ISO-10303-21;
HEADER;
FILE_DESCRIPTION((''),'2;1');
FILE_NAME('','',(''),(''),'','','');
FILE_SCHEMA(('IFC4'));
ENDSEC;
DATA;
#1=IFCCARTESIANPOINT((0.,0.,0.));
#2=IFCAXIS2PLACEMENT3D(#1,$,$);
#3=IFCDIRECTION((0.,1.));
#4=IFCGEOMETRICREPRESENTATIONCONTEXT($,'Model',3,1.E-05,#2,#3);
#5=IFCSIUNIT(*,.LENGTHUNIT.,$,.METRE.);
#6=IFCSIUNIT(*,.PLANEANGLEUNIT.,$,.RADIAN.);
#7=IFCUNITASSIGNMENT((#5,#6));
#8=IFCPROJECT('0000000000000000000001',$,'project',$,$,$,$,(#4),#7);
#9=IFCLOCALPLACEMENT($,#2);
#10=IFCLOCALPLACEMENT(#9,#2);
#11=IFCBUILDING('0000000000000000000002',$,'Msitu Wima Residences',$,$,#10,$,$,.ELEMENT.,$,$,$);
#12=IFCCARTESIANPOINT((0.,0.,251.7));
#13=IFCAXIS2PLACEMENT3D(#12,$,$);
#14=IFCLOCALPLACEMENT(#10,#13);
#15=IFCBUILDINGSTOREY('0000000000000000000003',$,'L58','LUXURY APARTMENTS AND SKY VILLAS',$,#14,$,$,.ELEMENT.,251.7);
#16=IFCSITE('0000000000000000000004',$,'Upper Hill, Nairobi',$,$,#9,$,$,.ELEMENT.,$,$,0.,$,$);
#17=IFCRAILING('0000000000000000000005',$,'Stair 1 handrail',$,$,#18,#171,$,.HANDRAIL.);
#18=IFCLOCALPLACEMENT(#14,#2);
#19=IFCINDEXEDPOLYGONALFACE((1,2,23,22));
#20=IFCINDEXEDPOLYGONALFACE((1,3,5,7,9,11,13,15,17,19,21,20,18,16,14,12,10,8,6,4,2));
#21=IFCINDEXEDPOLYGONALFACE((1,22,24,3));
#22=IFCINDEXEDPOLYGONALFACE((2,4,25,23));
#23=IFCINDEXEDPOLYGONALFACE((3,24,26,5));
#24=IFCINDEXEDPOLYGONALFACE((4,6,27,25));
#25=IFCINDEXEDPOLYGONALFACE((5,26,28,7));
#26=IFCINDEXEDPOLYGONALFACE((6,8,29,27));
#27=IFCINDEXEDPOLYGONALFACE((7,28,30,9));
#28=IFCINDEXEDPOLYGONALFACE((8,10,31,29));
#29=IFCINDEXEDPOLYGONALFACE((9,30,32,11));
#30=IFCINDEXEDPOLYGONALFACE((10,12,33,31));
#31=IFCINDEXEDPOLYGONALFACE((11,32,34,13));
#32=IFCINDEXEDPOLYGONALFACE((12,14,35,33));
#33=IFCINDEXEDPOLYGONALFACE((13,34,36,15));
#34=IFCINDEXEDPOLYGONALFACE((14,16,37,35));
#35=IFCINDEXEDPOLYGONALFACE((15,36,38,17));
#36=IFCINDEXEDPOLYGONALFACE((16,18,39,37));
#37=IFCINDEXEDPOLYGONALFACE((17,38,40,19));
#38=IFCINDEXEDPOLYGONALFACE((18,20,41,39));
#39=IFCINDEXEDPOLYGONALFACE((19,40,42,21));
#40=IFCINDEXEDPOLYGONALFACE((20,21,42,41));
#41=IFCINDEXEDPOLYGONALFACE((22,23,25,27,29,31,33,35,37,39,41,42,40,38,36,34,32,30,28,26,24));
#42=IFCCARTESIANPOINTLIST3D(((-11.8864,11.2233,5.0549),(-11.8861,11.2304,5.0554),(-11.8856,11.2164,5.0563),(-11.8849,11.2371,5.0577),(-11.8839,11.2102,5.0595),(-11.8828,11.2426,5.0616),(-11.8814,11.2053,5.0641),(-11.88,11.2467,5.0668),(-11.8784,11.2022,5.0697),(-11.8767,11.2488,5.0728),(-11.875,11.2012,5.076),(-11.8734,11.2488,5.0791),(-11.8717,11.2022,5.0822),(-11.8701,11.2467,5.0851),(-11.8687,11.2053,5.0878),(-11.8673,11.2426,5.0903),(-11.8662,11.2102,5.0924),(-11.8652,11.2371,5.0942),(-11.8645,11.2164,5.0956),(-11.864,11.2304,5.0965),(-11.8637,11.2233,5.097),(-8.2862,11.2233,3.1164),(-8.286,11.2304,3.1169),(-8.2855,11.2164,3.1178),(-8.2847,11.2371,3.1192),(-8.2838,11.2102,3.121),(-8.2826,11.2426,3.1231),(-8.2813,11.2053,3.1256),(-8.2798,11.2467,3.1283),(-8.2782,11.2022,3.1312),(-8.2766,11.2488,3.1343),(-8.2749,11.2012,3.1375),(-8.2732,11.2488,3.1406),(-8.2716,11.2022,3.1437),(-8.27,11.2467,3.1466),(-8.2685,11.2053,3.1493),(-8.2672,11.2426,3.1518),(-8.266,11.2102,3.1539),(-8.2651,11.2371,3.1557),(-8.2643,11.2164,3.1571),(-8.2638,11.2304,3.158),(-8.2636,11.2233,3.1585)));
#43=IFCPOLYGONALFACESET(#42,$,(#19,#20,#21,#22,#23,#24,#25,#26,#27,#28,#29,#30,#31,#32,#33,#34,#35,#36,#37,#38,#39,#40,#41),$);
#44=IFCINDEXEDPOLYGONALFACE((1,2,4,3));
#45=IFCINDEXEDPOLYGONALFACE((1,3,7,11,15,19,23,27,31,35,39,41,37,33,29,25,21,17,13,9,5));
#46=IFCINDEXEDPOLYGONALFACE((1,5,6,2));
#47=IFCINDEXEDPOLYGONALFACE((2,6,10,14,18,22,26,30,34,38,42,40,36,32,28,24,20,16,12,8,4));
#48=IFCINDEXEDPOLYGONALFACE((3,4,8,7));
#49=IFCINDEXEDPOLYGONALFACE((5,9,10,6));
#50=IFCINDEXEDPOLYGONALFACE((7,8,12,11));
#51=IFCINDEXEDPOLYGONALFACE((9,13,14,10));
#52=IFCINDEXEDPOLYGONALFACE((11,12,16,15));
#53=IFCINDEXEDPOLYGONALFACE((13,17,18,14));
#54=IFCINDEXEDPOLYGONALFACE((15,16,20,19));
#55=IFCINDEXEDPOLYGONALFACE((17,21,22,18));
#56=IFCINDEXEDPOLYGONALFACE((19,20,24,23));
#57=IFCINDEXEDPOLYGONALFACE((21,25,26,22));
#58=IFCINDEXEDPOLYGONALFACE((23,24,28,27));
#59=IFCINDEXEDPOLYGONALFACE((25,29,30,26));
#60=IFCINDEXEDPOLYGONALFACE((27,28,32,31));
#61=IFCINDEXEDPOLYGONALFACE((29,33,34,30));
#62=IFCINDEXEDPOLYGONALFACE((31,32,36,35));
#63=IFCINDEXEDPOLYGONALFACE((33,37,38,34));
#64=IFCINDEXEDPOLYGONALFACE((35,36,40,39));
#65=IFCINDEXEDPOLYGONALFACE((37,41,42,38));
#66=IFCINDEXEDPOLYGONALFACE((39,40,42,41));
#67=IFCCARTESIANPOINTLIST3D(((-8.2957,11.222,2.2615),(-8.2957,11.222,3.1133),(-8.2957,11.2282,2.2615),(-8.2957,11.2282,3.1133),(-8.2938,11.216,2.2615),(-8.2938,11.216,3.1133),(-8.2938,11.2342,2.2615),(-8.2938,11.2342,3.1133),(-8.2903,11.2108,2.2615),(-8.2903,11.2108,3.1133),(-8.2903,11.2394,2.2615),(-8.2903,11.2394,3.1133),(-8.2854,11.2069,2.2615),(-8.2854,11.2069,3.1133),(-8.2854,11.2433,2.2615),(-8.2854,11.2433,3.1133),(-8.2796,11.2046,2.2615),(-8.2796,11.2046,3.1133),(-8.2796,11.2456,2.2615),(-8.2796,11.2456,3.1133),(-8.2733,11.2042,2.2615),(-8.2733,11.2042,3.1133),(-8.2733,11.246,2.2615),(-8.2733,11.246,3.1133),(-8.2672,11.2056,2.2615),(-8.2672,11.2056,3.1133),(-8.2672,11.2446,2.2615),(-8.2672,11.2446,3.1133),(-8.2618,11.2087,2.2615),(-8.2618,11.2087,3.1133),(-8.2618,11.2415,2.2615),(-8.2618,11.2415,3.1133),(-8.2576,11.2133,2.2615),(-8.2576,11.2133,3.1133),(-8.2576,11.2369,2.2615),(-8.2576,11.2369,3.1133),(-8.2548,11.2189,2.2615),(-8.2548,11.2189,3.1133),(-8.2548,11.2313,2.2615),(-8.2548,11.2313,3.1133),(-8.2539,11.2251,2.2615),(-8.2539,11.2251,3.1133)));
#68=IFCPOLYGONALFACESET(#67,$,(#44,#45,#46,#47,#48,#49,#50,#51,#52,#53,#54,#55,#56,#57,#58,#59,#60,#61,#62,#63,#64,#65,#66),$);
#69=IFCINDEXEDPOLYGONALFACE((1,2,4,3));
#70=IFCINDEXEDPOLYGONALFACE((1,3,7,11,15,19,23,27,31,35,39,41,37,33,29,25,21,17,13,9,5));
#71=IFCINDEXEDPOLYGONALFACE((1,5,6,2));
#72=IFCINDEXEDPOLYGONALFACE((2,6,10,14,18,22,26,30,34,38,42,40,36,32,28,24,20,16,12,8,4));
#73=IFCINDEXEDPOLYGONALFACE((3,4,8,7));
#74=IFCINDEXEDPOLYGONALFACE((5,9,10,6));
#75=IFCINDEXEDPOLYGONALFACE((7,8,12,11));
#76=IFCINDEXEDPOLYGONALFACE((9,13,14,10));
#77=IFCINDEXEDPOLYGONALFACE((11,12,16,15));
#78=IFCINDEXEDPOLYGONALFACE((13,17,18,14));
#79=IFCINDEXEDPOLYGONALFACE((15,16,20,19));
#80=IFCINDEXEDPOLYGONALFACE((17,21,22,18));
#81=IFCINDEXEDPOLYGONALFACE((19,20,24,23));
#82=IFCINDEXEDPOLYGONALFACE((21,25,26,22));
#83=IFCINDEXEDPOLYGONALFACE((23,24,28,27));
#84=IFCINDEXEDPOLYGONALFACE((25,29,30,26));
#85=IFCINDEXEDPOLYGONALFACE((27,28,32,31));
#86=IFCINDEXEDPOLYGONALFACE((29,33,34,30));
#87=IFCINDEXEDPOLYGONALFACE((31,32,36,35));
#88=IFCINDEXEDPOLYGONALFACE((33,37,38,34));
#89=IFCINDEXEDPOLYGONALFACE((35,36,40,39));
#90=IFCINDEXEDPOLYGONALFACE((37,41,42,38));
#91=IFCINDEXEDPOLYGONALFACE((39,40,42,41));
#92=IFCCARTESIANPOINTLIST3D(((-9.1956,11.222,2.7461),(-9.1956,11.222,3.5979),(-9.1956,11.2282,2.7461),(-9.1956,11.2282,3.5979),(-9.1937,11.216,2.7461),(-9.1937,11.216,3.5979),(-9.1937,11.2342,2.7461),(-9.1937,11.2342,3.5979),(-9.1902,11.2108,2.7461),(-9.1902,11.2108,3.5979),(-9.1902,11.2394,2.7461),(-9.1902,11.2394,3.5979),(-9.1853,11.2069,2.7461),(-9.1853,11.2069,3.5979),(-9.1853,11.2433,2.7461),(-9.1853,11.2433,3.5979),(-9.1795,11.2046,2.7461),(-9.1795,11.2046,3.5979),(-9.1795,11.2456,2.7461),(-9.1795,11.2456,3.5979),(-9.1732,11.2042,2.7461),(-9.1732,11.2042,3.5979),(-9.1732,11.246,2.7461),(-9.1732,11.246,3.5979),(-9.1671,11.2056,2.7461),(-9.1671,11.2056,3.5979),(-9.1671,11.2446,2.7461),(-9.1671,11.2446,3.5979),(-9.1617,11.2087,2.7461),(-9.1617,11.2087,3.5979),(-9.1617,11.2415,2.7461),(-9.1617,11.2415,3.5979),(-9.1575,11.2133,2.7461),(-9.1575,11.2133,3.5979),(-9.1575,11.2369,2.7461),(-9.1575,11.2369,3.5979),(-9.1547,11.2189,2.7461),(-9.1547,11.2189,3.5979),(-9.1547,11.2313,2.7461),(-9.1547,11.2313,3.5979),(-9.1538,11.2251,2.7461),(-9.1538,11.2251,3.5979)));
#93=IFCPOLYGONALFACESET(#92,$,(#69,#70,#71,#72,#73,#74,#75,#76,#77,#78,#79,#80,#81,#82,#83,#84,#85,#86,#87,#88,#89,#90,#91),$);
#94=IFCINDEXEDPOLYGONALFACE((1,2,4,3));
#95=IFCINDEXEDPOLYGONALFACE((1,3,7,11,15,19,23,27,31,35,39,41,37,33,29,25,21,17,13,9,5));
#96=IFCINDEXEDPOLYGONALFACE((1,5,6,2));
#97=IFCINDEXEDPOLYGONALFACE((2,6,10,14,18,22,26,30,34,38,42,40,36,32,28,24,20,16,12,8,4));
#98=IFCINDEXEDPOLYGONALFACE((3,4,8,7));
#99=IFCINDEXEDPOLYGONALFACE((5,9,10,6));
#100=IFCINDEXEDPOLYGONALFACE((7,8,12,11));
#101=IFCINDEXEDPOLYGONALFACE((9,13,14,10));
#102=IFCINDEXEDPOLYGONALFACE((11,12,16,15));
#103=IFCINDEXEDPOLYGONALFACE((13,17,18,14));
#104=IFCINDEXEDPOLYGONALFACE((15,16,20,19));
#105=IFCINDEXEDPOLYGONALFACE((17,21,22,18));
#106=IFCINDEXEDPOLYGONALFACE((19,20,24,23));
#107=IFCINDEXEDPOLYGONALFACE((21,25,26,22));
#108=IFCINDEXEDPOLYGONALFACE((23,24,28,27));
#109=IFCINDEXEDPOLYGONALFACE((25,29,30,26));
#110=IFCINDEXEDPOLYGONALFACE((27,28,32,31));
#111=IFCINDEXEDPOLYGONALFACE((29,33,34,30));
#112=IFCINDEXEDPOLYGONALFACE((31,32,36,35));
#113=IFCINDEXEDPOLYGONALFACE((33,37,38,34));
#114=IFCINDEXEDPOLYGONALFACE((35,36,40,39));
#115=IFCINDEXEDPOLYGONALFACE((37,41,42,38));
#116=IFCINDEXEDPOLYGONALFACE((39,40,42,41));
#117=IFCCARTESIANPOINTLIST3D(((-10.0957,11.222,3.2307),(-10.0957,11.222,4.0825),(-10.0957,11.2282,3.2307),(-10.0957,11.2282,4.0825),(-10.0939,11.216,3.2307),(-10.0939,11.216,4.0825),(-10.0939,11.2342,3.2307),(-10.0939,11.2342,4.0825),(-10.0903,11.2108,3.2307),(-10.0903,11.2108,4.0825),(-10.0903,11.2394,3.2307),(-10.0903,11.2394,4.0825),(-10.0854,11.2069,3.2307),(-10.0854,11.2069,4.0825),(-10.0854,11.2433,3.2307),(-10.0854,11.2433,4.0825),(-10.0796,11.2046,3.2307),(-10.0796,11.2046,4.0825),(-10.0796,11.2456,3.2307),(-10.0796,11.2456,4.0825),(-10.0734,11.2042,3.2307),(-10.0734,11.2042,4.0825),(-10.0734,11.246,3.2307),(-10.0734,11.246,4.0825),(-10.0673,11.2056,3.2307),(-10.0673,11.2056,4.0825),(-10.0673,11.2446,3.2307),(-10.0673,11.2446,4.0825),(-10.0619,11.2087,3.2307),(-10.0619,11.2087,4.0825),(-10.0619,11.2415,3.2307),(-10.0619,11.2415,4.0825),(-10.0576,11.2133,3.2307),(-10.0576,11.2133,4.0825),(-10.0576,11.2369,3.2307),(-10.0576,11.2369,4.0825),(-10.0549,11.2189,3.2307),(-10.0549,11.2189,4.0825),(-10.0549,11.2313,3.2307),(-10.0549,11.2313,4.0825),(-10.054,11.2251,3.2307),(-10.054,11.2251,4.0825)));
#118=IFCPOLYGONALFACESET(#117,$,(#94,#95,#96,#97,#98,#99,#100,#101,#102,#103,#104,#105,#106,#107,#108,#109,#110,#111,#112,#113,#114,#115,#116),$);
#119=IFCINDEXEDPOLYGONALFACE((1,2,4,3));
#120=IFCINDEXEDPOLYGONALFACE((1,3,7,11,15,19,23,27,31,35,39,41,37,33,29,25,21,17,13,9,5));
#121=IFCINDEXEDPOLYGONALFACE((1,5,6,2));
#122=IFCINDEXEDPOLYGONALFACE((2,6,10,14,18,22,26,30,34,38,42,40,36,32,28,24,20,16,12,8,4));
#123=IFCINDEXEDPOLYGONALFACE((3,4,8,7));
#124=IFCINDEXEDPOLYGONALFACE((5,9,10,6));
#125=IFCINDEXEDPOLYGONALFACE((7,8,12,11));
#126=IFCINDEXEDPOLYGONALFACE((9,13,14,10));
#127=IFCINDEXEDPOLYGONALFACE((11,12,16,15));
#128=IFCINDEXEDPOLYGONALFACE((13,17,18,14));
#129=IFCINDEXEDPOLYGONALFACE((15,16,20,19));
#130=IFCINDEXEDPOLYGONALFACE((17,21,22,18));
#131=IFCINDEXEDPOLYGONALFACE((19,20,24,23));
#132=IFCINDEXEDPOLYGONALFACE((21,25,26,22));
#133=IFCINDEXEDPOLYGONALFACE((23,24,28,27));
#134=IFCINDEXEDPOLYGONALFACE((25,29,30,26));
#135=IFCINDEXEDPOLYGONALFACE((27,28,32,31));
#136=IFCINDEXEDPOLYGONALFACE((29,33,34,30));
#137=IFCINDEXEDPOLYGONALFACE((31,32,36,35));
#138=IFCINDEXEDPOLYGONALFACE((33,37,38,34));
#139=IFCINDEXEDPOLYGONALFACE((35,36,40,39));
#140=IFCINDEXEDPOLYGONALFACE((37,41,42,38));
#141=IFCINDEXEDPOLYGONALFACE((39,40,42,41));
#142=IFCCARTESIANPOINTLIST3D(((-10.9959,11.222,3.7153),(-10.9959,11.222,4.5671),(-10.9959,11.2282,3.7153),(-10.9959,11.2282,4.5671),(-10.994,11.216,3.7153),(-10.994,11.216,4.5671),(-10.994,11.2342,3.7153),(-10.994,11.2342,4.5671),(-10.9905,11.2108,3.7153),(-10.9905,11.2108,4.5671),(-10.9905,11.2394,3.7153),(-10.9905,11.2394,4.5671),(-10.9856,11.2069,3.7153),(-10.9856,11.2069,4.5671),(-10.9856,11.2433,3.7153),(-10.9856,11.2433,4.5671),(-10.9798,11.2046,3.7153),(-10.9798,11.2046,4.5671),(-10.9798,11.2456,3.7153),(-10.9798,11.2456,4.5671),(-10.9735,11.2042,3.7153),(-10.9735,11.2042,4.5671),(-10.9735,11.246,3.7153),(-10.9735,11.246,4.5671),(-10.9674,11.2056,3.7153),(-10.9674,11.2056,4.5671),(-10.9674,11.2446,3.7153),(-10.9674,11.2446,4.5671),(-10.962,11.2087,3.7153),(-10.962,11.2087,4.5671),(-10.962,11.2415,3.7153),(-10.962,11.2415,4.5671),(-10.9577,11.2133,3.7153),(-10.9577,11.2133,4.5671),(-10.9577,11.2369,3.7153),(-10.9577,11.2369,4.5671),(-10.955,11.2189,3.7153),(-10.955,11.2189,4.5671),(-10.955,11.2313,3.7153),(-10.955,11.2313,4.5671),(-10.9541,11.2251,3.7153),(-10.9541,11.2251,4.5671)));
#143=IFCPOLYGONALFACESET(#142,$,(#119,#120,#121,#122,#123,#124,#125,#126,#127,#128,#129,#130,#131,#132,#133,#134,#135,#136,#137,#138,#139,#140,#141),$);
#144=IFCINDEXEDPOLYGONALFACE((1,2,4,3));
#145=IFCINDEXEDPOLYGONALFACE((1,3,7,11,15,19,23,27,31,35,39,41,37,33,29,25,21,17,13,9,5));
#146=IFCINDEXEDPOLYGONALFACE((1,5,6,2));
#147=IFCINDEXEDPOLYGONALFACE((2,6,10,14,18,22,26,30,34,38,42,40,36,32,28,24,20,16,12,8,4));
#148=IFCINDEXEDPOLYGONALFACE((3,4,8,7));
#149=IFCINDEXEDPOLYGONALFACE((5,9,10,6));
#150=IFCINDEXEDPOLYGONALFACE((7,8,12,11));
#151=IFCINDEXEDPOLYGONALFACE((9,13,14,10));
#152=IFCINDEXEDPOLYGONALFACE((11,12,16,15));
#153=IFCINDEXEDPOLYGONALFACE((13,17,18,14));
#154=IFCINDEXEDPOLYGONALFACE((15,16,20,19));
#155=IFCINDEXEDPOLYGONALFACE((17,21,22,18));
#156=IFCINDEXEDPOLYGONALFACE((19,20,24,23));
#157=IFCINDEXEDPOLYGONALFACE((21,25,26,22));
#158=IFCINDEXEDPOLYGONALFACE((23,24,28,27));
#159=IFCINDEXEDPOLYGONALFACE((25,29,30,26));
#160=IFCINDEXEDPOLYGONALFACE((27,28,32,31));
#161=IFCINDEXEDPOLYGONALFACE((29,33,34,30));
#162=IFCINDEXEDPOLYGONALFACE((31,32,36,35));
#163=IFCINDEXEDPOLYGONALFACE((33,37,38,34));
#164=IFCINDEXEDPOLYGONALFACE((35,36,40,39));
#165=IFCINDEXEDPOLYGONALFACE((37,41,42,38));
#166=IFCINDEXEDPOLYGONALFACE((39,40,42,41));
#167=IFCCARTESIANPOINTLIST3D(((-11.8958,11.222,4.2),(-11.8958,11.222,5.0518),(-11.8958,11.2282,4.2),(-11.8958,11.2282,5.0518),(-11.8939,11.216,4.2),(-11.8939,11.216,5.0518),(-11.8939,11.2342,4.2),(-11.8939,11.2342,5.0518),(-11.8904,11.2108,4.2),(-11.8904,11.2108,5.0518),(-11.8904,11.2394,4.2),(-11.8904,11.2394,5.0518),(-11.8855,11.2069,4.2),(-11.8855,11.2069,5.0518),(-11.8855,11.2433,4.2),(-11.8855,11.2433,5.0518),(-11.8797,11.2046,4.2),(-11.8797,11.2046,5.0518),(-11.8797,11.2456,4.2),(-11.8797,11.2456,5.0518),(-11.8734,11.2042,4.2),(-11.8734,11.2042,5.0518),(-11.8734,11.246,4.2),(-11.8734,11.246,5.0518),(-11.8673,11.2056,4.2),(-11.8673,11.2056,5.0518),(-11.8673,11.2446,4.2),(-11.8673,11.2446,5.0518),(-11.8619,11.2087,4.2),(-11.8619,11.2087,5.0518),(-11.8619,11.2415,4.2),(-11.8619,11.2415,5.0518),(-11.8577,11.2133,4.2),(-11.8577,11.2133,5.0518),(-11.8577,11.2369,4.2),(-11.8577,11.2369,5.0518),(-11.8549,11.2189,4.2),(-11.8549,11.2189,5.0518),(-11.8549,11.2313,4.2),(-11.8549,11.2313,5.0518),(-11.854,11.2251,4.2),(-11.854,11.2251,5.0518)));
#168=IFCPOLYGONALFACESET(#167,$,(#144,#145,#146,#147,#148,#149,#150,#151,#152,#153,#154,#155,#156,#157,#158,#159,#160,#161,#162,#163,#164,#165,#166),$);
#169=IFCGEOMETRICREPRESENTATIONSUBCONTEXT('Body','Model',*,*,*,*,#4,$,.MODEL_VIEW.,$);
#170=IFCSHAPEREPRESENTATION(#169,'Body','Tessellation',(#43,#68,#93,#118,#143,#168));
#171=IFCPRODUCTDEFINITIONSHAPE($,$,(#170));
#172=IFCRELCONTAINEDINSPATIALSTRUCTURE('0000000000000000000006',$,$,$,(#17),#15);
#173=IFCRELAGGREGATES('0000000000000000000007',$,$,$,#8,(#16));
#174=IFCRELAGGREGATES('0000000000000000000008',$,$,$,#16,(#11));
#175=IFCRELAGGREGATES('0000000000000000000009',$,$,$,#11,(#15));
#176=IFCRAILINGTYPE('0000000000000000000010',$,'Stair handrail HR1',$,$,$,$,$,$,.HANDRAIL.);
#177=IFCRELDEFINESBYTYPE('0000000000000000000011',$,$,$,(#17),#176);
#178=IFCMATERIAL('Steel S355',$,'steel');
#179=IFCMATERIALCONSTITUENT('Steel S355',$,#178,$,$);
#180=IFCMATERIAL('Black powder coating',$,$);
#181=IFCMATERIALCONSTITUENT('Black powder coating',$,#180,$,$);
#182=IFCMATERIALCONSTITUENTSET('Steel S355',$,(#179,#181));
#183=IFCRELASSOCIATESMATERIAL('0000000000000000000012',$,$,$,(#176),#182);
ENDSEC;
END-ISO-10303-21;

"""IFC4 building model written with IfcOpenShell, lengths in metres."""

from ifc_helpers import new_model, si_unit, direction, frame, origin, origin_2d, place, context, subcontext, project, spatial, circle, extrude, material, constituent, constituent_set, type_object, element, save


model = new_model("IFC4")

# Units and contexts
model_context = context("Model", 3, precision=1e-05, world=origin(), true_north=direction((0.0, 1.0)))
body_context = subcontext(model_context, "Body", "Model", "MODEL_VIEW")
ifc_project = project(units=[si_unit("LENGTHUNIT", "METRE"), si_unit("PLANEANGLEUNIT", "RADIAN")], contexts=[model_context])

# Site, building, storey
site_placement = place(None, origin())
site = spatial("IfcSite", under=ifc_project, at=site_placement, Name="Upper Hill, Nairobi", CompositionType="ELEMENT", RefElevation=0.0)
building_placement = place(site_placement, origin())
building = spatial("IfcBuilding", under=site, at=building_placement, Name="Msitu Wima Residences", CompositionType="ELEMENT")
storey_placement = place(building_placement, frame((0.0, 0.0, 251.7)))
storey = spatial("IfcBuildingStorey", under=building, at=storey_placement, Name="L58", Description="LUXURY APARTMENTS AND SKY VILLAS", CompositionType="ELEMENT", Elevation=251.7)

# Railing
ifc_material_1 = material(Name="Steel S355", Category="steel")
ifc_constituent_1 = constituent(ifc_material_1, Name="Steel S355")
ifc_material_2 = material(Name="Black powder coating")
ifc_constituent_2 = constituent(ifc_material_2, Name="Black powder coating")
ifc_constituent_set = constituent_set(constituents=[ifc_constituent_1, ifc_constituent_2], Name="Steel S355")
railing_type = type_object("IfcRailingType", Name="Stair handrail HR1", PredefinedType="HANDRAIL", material=ifc_constituent_set)
for number, where, name in (
    (1, (-8.2749, 11.2251, 2.2615), "Stair 1 handrail"),
):
    element("IfcRailing", number, at=place(storey_placement, frame(where)), inside=storey, type_object=railing_type, Name=name, PredefinedType="HANDRAIL", context=body_context, shape_type="SweptSolid", body=[
        extrude(circle(Radius=0.0239, at=origin_2d()), frame((0.0, 0.0, 0.876), z_axis=(-0.880475, 0.0, 0.474093), x_axis=(0.0, -1.0, 0.0)), (0.0, 0.0, 1.0), 4.0889),
        extrude(circle(Radius=0.021, at=origin_2d()), origin(), (0.0, 0.0, 1.0), 0.8518),
        extrude(circle(Radius=0.021, at=origin_2d()), frame((-0.8999, 0.0, 0.4846)), (0.0, 0.0, 1.0), 0.8518),
        extrude(circle(Radius=0.021, at=origin_2d()), frame((-1.8, 0.0, 0.9692)), (0.0, 0.0, 1.0), 0.8518),
        extrude(circle(Radius=0.021, at=origin_2d()), frame((-2.7002, 0.0, 1.4539)), (0.0, 0.0, 1.0), 0.8518),
        extrude(circle(Radius=0.021, at=origin_2d()), frame((-3.6001, 0.0, 1.9385)), (0.0, 0.0, 1.0), 0.8518),
    ])

save(model, "model.ifc")
